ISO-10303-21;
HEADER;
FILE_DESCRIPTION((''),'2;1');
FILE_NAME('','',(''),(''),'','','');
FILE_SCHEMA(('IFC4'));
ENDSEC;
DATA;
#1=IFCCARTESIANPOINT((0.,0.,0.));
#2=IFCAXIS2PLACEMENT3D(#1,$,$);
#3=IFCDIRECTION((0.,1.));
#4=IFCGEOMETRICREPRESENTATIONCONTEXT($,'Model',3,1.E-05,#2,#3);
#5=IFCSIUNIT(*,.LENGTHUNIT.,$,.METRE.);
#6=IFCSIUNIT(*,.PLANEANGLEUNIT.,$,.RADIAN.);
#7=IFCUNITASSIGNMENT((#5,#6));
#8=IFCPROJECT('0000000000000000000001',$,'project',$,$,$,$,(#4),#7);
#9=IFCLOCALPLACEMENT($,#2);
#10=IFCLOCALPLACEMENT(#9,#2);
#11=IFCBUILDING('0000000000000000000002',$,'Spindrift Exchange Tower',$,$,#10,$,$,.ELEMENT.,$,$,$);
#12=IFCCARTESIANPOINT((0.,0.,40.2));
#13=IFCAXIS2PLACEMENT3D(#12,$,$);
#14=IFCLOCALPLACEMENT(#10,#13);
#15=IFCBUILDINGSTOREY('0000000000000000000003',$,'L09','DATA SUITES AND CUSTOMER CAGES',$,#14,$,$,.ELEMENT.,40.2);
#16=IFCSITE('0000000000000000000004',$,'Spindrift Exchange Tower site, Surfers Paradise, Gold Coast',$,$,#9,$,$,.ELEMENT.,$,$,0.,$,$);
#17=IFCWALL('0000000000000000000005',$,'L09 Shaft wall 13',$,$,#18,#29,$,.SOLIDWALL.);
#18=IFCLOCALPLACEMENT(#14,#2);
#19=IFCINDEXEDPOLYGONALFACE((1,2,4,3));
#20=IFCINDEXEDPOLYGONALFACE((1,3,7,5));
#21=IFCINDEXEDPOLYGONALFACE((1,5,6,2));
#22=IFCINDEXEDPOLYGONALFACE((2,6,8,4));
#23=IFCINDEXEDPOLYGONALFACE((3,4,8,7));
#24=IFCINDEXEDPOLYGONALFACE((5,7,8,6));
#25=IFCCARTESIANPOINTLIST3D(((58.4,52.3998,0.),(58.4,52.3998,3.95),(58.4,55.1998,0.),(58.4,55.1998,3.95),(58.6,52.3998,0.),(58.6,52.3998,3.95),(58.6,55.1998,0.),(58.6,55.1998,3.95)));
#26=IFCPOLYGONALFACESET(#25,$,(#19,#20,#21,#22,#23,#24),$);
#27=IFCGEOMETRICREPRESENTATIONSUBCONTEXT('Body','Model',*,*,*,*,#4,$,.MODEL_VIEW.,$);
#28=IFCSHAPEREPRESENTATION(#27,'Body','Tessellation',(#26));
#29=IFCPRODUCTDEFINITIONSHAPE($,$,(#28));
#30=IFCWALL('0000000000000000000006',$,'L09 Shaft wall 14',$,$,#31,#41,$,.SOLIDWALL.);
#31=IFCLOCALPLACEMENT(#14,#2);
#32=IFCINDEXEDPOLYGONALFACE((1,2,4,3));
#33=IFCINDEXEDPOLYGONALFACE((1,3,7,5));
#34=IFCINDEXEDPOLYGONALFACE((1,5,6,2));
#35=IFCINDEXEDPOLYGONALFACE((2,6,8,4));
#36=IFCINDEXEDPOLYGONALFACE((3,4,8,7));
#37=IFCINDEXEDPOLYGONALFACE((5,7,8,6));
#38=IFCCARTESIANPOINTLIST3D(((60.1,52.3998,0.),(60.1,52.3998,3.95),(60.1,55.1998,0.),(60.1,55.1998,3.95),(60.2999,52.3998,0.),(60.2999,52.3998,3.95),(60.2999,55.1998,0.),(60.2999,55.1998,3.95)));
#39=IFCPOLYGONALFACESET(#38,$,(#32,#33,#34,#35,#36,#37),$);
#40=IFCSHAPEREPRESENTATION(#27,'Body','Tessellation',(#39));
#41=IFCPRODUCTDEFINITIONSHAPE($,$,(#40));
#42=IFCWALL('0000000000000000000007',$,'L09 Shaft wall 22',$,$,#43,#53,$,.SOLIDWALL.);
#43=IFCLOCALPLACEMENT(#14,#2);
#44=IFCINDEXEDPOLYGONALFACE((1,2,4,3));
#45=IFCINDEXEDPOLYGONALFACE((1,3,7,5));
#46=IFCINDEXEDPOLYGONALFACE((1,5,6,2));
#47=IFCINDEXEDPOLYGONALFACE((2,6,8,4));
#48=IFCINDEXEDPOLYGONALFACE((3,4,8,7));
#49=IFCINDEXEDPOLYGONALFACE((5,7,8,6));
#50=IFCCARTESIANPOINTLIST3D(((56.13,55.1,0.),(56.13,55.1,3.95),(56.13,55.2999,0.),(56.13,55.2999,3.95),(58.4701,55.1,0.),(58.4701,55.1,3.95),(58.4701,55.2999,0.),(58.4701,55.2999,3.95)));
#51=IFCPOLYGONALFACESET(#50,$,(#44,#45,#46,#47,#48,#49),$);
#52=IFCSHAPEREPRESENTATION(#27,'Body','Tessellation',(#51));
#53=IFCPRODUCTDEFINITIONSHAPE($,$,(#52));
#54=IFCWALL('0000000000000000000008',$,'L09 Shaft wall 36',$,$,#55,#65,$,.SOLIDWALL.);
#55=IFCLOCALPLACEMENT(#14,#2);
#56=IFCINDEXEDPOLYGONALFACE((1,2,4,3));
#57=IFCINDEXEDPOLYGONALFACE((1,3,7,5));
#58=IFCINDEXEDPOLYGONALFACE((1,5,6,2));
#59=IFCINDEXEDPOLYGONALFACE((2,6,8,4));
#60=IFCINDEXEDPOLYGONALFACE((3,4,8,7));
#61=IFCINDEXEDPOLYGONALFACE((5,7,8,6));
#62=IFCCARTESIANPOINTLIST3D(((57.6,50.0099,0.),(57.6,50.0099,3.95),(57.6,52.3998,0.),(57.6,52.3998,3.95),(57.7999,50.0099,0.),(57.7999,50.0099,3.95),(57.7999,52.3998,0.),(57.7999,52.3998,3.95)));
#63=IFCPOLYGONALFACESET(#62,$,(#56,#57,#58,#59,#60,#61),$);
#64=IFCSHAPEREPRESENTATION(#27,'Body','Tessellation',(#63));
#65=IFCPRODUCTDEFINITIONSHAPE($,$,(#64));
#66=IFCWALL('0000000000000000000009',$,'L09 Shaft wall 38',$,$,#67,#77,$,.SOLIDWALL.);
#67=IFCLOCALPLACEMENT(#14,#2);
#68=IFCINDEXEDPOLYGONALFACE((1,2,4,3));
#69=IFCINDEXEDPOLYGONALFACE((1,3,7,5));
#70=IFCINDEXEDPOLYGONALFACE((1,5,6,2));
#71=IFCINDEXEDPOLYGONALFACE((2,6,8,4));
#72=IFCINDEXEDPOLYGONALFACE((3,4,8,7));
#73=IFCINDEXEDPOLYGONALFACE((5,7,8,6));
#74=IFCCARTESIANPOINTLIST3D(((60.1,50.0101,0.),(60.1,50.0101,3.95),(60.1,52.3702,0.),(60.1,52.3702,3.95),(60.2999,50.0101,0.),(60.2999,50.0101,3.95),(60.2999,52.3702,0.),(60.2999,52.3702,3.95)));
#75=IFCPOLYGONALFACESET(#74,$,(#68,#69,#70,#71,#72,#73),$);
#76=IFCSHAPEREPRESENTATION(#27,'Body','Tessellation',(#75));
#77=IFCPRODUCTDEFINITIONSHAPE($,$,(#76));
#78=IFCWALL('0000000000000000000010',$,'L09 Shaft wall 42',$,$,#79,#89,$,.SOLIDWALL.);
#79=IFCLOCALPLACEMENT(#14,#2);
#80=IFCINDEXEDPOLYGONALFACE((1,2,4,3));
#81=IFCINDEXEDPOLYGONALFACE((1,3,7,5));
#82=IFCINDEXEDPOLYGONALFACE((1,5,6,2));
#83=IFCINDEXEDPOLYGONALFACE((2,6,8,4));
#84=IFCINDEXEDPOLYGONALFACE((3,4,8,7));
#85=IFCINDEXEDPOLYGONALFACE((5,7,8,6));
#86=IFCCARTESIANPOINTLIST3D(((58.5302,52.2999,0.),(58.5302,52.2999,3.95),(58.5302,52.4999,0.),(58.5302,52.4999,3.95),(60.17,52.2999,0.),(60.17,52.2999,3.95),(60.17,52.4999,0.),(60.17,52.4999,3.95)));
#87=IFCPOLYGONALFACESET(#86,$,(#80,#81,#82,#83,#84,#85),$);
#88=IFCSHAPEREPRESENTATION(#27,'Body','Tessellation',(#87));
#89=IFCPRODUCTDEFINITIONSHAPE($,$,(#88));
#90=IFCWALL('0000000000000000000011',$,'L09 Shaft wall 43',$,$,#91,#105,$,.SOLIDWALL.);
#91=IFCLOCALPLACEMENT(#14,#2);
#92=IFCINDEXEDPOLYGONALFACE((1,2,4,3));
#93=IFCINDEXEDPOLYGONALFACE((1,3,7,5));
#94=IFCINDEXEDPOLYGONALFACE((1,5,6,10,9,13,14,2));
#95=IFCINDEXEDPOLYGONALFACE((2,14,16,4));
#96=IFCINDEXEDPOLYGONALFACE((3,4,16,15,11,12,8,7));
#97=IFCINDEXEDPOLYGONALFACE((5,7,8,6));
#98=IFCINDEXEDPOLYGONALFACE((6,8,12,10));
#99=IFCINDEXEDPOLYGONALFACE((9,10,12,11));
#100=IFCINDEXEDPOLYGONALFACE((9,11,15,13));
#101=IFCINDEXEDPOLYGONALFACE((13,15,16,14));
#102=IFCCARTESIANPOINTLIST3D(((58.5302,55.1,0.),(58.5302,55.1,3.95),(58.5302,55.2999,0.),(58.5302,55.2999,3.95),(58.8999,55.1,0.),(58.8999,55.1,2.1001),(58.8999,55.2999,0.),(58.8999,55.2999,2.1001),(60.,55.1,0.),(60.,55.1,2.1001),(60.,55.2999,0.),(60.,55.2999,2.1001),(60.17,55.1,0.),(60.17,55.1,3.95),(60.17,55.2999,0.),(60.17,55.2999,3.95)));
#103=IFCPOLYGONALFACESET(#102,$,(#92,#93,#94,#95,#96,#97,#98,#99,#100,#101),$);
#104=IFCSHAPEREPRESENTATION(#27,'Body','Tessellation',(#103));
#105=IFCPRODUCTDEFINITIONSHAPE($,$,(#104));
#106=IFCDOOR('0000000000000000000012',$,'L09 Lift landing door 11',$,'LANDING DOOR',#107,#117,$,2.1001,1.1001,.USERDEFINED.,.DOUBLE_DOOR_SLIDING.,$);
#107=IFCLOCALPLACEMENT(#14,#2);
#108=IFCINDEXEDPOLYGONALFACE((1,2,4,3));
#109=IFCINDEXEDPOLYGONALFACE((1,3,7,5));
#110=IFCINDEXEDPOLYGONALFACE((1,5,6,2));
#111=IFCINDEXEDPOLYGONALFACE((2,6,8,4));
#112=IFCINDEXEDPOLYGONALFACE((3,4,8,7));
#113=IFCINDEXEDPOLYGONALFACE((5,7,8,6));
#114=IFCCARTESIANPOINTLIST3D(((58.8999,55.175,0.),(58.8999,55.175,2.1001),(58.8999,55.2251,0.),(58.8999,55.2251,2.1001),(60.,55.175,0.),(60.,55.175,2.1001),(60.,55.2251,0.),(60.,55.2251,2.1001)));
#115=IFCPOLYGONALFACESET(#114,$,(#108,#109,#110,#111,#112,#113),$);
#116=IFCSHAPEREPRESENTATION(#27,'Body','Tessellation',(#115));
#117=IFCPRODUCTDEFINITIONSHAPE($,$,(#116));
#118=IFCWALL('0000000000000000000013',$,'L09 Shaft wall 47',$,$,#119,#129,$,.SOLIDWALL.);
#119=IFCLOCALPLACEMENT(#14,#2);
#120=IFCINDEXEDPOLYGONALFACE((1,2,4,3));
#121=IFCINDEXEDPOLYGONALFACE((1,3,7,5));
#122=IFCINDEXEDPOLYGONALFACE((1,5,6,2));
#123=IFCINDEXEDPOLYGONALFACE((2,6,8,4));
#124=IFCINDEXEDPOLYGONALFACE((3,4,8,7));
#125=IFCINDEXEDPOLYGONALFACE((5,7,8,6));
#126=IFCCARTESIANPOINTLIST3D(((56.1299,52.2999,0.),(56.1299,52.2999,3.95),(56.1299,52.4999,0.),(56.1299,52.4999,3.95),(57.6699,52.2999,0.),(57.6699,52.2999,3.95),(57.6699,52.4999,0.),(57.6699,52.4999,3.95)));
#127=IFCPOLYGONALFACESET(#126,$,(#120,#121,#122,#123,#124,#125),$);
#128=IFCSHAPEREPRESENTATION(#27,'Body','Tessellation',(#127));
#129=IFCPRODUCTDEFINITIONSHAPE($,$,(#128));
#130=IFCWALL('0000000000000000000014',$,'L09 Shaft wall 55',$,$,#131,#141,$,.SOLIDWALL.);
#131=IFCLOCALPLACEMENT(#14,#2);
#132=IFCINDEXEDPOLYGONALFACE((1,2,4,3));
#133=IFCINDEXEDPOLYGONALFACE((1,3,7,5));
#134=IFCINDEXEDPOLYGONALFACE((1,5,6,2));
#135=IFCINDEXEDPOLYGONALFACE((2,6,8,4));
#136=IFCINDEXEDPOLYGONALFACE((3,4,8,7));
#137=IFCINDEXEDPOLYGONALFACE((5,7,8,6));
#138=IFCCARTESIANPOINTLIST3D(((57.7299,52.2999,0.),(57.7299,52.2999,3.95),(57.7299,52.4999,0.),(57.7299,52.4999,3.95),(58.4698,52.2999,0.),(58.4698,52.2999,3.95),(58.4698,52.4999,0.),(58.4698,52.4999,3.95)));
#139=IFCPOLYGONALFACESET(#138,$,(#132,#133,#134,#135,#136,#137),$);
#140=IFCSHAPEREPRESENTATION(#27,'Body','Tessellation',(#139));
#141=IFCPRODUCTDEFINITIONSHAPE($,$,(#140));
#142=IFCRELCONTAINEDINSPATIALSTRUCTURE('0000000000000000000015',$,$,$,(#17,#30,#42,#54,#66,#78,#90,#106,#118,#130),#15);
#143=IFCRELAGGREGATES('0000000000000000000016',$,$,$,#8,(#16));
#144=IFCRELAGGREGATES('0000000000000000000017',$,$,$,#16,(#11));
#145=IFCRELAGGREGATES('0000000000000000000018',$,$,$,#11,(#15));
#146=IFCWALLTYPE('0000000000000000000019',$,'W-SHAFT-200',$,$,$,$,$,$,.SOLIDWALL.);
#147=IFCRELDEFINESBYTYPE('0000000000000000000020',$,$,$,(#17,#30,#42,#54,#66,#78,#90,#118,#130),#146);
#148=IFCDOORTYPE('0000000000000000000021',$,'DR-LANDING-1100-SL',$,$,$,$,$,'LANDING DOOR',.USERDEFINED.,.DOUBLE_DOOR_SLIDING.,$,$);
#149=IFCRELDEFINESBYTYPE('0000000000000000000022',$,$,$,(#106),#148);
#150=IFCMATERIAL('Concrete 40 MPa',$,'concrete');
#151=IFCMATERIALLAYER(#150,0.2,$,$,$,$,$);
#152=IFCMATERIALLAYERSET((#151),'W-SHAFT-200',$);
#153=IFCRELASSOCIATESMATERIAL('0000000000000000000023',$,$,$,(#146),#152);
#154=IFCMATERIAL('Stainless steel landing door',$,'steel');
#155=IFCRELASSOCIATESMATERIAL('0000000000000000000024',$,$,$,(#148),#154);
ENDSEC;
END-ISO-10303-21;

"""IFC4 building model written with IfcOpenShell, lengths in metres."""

from ifc_helpers import new_model, si_unit, direction, frame, frame_2d, origin, place, context, subcontext, project, spatial, rectangle, extrude, source, transform, mapped, material, layer, layer_set, type_object, element, fill, save


model = new_model("IFC4")

# Units and contexts
model_context = context("Model", 3, precision=1e-05, world=origin(), true_north=direction((0.0, 1.0)))
body_context = subcontext(model_context, "Body", "Model", "MODEL_VIEW")
ifc_project = project(units=[si_unit("LENGTHUNIT", "METRE"), si_unit("PLANEANGLEUNIT", "RADIAN")], contexts=[model_context])

# Site, building, storey
site_placement = place(None, origin())
site = spatial("IfcSite", under=ifc_project, at=site_placement, Name="Spindrift Exchange Tower site, Surfers Paradise, Gold Coast", CompositionType="ELEMENT", RefElevation=0.0)
building_placement = place(site_placement, origin())
building = spatial("IfcBuilding", under=site, at=building_placement, Name="Spindrift Exchange Tower", CompositionType="ELEMENT")
storey_placement = place(building_placement, frame((0.0, 0.0, 40.2)))
storey = spatial("IfcBuildingStorey", under=building, at=storey_placement, Name="L09", Description="DATA SUITES AND CUSTOMER CAGES", CompositionType="ELEMENT", Elevation=40.2)

# Walls
ifc_material_1 = material(Name="Concrete 40 MPa", Category="concrete")
ifc_layer_1 = layer(ifc_material_1, 0.2)
ifc_layer_set_1 = layer_set([ifc_layer_1], Name="W-SHAFT-200")
wall_type_1 = type_object("IfcWallType", Name="W-SHAFT-200", PredefinedType="SOLIDWALL", material=ifc_layer_set_1)
for number, where, z_axis, x_axis, name in (
    (1, (58.5, 52.3999, 0.0), (0.0, 0.0, 1.0), (0.0, 1.0, 0.0), "L09 Shaft wall 13"),
    (2, (60.2, 52.3999, 0.0), (0.0, 0.0, 1.0), (0.0, 1.0, 0.0), "L09 Shaft wall 14"),
):
    element("IfcWall", number, at=place(storey_placement, frame(where, z_axis=z_axis, x_axis=x_axis)), inside=storey, type_object=wall_type_1, Name=name, PredefinedType="SOLIDWALL", context=body_context, shape_type="SweptSolid", body=[
        extrude(rectangle(XDim=2.8, YDim=0.2, at=frame_2d((1.3999, 0.0))), origin(), (0.0, 0.0, 1.0), 3.95),
    ])
wall_1_placement = place(storey_placement, frame((58.47, 55.2, 0.0), z_axis=(0.0, 0.0, 1.0), x_axis=(-1.0, 0.0, 0.0)))
element("IfcWall", 3, at=wall_1_placement, inside=storey, type_object=wall_type_1, Name="L09 Shaft wall 22", PredefinedType="SOLIDWALL", context=body_context, shape_type="SweptSolid", body=[
    extrude(rectangle(XDim=2.3401, YDim=0.2, at=frame_2d((1.1699, 0.0))), origin(), (0.0, 0.0, 1.0), 3.95),
])
wall_2_placement = place(storey_placement, frame((57.7, 50.01, 0.0), z_axis=(0.0, 0.0, 1.0), x_axis=(0.0, 1.0, 0.0)))
element("IfcWall", 4, at=wall_2_placement, inside=storey, type_object=wall_type_1, Name="L09 Shaft wall 36", PredefinedType="SOLIDWALL", context=body_context, shape_type="SweptSolid", body=[
    extrude(rectangle(XDim=2.3899, YDim=0.2, at=frame_2d((1.1948, 0.0))), origin(), (0.0, 0.0, 1.0), 3.95),
])
wall_3_placement = place(storey_placement, frame((60.2, 50.01, 0.0), z_axis=(0.0, 0.0, 1.0), x_axis=(0.0, 1.0, 0.0)))
element("IfcWall", 5, at=wall_3_placement, inside=storey, type_object=wall_type_1, Name="L09 Shaft wall 38", PredefinedType="SOLIDWALL", context=body_context, shape_type="SweptSolid", body=[
    extrude(rectangle(XDim=2.3601, YDim=0.2, at=frame_2d((1.1802, 0.0))), origin(), (0.0, 0.0, 1.0), 3.95),
])
wall_4_placement = place(storey_placement, frame((60.1699, 52.3999, 0.0), z_axis=(0.0, 0.0, 1.0), x_axis=(-1.0, 0.0, 0.0)))
element("IfcWall", 6, at=wall_4_placement, inside=storey, type_object=wall_type_1, Name="L09 Shaft wall 42", PredefinedType="SOLIDWALL", context=body_context, shape_type="SweptSolid", body=[
    extrude(rectangle(XDim=1.6399, YDim=0.2, at=frame_2d((0.8198, 0.0))), origin(), (0.0, 0.0, 1.0), 3.95),
])

# Wall, opening, door
wall_5_placement = place(storey_placement, frame((60.1699, 55.2, 0.0), z_axis=(0.0, 0.0, 1.0), x_axis=(-1.0, 0.0, 0.0)))
wall_5 = element("IfcWall", 7, at=wall_5_placement, inside=storey, type_object=wall_type_1, Name="L09 Shaft wall 43", PredefinedType="SOLIDWALL", context=body_context, shape_type="SweptSolid", body=[
    extrude(rectangle(XDim=1.6399, YDim=0.2, at=frame_2d((0.8198, 0.0))), origin(), (0.0, 0.0, 1.0), 3.95),
])
opening_1_placement = place(wall_5_placement, frame((0.1699, 0.0, 0.0)))
opening_1 = element("IfcOpeningElement", 8, at=opening_1_placement, cuts=wall_5, PredefinedType="OPENING", context=body_context, shape_type="SweptSolid", body=[
    extrude(rectangle(XDim=1.1001, YDim=2.1001, at=frame_2d((0.55, 1.05))), frame((0.0, 0.1099, 0.0), z_axis=(0.0, -1.0, 0.0), x_axis=(1.0, 0.0, 0.0)), (0.0, 0.0, 1.0), 0.22),
])
ifc_material_2 = material(Name="Stainless steel landing door", Category="steel")
door_type_1 = type_object("IfcDoorType", Name="DR-LANDING-1100-SL", ElementType="LANDING DOOR", OperationType="DOUBLE_DOOR_SLIDING", PredefinedType="USERDEFINED", material=ifc_material_2)
shared_shape_1 = source(origin(), body_context, "Body", "SweptSolid", [
    extrude(rectangle(XDim=1.1001, YDim=2.1001, at=frame_2d((0.55, 1.05))), frame((0.0, 0.0249, 0.0), z_axis=(0.0, -1.0, 0.0), x_axis=(1.0, 0.0, 0.0)), (0.0, 0.0, 1.0), 0.05),
])
door_1_placement = place(opening_1_placement, origin())
door_1 = element("IfcDoor", 9, at=door_1_placement, inside=storey, type_object=door_type_1, Name="L09 Lift landing door 11", ObjectType="LANDING DOOR", OperationType="DOUBLE_DOOR_SLIDING", OverallHeight=2.1001, OverallWidth=1.1001, PredefinedType="USERDEFINED", context=body_context, shape_type="MappedRepresentation", body=[
    mapped(shared_shape_1, transform((0.0, 0.0, 0.0), scale=1.0)),
])
fill(opening_1, door_1)

# Walls
wall_6_placement = place(storey_placement, frame((57.6699, 52.3999, 0.0), z_axis=(0.0, 0.0, 1.0), x_axis=(-1.0, 0.0, 0.0)))
element("IfcWall", 10, at=wall_6_placement, inside=storey, type_object=wall_type_1, Name="L09 Shaft wall 47", PredefinedType="SOLIDWALL", context=body_context, shape_type="SweptSolid", body=[
    extrude(rectangle(XDim=1.54, YDim=0.2, at=frame_2d((0.77, 0.0))), origin(), (0.0, 0.0, 1.0), 3.95),
])
wall_7_placement = place(storey_placement, frame((58.47, 52.3999, 0.0), z_axis=(0.0, 0.0, 1.0), x_axis=(-1.0, 0.0, 0.0)))
element("IfcWall", 11, at=wall_7_placement, inside=storey, type_object=wall_type_1, Name="L09 Shaft wall 55", PredefinedType="SOLIDWALL", context=body_context, shape_type="SweptSolid", body=[
    extrude(rectangle(XDim=0.74, YDim=0.2, at=frame_2d((0.3701, 0.0))), origin(), (0.0, 0.0, 1.0), 3.95),
])

save(model, "model.ifc")
